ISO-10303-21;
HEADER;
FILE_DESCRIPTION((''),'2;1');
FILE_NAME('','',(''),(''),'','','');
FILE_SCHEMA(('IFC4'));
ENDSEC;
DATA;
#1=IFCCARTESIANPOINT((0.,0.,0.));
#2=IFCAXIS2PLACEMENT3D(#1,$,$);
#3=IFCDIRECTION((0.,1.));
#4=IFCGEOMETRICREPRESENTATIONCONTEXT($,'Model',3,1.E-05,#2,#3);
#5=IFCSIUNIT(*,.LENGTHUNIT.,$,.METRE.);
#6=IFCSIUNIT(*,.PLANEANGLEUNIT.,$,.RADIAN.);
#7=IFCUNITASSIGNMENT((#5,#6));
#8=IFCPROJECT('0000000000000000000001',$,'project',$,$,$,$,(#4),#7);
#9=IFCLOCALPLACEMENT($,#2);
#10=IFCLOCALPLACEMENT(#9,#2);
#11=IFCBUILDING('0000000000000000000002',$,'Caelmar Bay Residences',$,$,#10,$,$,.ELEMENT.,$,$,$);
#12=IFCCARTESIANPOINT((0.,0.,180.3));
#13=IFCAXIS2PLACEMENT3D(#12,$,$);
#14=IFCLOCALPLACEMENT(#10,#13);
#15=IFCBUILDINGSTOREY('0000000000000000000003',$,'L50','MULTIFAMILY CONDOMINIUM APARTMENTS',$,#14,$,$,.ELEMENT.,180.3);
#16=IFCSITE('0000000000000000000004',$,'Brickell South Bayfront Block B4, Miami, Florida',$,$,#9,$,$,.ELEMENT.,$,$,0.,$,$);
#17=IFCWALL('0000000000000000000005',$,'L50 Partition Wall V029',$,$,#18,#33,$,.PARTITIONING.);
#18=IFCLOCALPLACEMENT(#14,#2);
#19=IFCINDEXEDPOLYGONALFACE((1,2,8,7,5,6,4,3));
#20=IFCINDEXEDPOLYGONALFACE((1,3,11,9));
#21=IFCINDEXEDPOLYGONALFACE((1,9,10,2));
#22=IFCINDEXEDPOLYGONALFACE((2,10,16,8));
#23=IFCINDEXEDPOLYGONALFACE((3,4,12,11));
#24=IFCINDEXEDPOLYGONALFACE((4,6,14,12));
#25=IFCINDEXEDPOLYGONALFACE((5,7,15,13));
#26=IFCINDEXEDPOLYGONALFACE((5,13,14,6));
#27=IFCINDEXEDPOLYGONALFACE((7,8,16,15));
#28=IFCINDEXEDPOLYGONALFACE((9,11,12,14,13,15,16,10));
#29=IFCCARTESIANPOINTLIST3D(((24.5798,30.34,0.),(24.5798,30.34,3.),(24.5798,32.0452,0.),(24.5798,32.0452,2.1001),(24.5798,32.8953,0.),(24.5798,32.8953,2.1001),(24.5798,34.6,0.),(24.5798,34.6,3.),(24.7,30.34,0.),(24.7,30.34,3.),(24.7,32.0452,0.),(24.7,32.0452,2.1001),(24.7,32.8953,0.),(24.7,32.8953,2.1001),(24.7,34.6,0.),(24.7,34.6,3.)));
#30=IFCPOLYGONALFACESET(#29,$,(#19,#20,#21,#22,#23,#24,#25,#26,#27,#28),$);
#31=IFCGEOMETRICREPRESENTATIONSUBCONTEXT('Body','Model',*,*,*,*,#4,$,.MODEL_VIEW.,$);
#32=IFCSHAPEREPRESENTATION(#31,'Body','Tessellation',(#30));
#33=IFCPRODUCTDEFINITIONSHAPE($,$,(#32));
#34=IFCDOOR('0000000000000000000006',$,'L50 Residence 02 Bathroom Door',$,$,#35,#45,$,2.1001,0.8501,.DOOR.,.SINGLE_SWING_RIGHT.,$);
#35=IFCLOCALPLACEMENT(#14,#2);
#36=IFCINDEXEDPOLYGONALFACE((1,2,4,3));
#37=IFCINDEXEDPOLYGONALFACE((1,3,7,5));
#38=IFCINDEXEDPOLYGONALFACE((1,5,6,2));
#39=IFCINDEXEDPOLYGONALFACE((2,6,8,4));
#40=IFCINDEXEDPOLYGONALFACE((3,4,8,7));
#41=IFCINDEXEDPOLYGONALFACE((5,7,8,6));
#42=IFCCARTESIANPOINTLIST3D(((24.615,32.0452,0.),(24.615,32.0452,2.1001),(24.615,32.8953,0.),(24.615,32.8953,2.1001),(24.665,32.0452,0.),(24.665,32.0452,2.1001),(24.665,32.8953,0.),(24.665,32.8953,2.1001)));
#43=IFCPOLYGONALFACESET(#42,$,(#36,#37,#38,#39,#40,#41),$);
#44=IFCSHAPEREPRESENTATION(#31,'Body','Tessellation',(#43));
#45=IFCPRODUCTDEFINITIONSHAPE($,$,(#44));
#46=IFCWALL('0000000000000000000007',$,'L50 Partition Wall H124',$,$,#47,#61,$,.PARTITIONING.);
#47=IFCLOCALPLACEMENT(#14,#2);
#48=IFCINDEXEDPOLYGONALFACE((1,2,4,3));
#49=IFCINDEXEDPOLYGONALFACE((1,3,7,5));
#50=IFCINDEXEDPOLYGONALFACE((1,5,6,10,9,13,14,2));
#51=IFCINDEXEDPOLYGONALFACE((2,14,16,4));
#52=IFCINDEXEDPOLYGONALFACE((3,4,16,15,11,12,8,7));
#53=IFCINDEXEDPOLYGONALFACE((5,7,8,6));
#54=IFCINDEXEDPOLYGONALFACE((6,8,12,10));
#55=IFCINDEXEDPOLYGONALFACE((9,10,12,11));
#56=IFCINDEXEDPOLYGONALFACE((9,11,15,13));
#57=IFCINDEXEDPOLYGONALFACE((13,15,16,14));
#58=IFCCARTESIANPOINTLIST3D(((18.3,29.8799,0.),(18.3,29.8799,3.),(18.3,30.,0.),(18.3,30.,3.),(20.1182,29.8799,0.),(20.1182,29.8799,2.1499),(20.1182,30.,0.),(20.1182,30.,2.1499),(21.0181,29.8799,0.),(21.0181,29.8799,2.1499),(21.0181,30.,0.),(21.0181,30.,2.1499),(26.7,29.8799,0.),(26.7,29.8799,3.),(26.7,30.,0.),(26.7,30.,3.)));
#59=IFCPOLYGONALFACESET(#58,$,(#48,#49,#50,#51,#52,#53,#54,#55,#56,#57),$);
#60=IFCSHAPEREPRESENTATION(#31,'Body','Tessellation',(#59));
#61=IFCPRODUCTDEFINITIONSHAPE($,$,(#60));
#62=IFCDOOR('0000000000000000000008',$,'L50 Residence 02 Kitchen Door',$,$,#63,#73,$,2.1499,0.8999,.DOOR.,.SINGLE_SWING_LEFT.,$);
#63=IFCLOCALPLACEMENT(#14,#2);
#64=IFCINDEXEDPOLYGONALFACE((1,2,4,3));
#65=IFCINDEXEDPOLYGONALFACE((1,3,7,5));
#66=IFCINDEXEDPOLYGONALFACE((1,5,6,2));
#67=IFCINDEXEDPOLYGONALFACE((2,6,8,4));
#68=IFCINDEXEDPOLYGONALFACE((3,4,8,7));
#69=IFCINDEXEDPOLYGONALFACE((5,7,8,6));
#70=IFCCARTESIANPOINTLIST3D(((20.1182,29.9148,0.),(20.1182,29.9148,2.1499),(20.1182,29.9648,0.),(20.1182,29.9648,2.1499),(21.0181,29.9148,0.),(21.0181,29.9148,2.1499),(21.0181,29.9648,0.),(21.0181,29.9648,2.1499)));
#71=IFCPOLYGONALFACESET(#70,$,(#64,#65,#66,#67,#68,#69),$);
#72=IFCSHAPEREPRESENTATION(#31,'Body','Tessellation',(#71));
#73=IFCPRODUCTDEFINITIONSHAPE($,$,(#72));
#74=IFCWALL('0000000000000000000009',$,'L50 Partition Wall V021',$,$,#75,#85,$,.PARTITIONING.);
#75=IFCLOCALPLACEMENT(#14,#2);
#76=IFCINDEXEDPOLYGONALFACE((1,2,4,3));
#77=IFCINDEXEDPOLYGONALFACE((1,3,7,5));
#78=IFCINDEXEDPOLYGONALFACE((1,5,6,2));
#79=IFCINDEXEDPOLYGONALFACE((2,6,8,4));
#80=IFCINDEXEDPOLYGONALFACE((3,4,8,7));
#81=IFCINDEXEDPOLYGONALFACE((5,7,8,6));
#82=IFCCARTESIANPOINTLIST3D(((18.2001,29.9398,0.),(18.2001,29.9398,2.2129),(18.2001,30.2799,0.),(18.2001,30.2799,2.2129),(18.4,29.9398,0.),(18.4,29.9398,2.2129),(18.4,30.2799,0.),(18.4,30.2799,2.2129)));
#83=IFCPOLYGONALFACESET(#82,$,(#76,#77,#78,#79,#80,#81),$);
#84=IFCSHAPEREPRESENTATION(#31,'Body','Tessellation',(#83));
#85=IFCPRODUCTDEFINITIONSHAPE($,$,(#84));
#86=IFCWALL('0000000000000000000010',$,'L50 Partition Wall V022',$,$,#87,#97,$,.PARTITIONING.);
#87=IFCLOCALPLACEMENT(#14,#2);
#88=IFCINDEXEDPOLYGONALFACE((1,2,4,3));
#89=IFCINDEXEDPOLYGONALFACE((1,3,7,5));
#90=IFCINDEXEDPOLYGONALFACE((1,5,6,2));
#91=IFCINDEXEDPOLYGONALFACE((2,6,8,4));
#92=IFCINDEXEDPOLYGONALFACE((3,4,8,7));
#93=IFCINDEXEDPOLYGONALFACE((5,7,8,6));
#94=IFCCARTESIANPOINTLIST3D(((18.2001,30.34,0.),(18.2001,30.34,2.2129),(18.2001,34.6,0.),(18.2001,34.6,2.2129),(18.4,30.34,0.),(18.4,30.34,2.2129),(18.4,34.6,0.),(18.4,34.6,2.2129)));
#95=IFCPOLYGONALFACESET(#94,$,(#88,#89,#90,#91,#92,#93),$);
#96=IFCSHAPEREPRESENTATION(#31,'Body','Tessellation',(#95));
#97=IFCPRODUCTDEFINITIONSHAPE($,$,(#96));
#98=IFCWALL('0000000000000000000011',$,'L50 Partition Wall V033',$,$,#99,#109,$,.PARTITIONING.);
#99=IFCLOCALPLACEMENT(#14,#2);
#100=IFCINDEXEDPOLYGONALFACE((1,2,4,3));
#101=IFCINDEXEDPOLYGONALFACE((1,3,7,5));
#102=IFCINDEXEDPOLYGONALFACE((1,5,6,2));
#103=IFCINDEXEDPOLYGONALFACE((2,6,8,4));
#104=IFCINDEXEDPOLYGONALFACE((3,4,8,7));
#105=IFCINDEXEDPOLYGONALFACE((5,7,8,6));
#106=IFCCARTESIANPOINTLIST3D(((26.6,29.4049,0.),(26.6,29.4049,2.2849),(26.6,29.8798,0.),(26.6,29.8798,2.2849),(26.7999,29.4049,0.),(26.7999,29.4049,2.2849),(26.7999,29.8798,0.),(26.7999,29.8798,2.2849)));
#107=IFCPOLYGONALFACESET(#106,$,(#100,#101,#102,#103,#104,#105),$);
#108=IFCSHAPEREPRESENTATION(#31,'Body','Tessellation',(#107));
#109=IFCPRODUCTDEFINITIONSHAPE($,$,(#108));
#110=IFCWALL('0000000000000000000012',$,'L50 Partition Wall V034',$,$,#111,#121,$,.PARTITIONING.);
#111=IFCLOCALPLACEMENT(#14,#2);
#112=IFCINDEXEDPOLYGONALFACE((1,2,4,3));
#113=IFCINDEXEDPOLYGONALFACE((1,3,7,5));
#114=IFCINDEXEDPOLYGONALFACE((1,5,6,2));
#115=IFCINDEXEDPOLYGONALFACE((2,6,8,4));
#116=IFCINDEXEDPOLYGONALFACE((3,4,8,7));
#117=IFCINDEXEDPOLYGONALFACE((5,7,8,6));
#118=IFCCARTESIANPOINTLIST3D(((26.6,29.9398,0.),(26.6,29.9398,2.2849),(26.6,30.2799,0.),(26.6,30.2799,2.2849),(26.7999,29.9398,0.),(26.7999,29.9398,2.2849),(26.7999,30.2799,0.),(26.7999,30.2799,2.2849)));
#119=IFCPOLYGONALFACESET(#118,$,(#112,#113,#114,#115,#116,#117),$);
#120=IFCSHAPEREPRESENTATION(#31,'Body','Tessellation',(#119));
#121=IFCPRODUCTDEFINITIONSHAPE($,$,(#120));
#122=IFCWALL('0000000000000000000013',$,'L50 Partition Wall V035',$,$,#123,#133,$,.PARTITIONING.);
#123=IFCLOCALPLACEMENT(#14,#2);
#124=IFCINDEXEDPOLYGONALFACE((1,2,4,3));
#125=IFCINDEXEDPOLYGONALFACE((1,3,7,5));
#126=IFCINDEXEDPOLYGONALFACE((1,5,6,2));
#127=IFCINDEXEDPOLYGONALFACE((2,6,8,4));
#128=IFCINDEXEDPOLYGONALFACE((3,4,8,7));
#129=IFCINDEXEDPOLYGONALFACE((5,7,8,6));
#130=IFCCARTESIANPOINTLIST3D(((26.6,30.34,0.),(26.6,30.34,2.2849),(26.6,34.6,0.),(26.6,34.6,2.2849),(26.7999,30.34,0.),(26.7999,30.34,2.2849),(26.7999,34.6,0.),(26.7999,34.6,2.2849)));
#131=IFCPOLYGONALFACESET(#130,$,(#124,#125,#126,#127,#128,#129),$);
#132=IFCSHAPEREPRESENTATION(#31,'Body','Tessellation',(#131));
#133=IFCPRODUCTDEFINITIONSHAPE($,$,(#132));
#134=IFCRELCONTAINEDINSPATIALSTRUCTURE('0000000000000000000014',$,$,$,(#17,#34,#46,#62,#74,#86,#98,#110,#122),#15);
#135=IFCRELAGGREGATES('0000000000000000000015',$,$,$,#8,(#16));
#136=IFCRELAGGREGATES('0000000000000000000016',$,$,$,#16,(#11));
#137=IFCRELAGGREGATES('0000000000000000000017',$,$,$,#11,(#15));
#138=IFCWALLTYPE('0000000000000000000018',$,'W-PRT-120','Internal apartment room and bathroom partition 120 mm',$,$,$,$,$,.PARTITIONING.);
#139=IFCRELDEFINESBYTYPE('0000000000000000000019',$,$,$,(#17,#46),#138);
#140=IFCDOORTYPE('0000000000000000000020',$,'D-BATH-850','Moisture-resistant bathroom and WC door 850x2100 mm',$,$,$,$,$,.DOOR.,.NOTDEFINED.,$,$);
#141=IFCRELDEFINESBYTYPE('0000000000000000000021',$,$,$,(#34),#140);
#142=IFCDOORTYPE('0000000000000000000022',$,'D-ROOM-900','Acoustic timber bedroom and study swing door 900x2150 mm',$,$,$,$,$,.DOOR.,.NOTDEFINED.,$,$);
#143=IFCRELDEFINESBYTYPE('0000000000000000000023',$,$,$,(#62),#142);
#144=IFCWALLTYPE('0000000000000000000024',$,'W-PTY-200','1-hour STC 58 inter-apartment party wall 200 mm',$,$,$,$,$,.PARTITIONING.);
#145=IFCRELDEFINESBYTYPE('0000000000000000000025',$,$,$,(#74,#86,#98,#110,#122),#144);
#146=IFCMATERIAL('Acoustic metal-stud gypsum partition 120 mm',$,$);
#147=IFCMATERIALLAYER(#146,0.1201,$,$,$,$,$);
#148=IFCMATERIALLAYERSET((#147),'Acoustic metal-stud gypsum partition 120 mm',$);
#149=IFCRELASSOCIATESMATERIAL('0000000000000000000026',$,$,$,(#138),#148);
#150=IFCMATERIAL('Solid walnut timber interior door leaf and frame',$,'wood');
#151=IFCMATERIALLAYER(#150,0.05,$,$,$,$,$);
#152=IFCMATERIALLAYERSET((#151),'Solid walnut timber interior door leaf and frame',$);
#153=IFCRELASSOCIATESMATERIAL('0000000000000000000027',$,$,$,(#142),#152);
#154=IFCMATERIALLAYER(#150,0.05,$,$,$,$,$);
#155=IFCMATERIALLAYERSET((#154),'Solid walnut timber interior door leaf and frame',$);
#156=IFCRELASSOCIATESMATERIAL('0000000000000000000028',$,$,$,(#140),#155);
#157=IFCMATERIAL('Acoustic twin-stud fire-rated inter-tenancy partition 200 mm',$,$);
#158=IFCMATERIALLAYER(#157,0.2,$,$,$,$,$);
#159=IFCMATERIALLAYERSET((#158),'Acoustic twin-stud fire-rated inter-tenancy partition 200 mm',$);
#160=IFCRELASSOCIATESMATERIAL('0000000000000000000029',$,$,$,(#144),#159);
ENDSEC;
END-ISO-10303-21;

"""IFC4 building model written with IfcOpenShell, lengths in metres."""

from ifc_helpers import new_model, si_unit, direction, frame, frame_2d, origin, place, context, subcontext, project, spatial, rectangle, extrude, material, layer, layer_set, type_object, element, fill, save


model = new_model("IFC4")

# Units and contexts
model_context = context("Model", 3, precision=1e-05, world=origin(), true_north=direction((0.0, 1.0)))
body_context = subcontext(model_context, "Body", "Model", "MODEL_VIEW")
ifc_project = project(units=[si_unit("LENGTHUNIT", "METRE"), si_unit("PLANEANGLEUNIT", "RADIAN")], contexts=[model_context])

# Site, building, storey
site_placement = place(None, origin())
site = spatial("IfcSite", under=ifc_project, at=site_placement, Name="Brickell South Bayfront Block B4, Miami, Florida", CompositionType="ELEMENT", RefElevation=0.0)
building_placement = place(site_placement, origin())
building = spatial("IfcBuilding", under=site, at=building_placement, Name="Caelmar Bay Residences", CompositionType="ELEMENT")
storey_placement = place(building_placement, frame((0.0, 0.0, 180.3)))
storey = spatial("IfcBuildingStorey", under=building, at=storey_placement, Name="L50", Description="MULTIFAMILY CONDOMINIUM APARTMENTS", CompositionType="ELEMENT", Elevation=180.3)

# Shared definitions
ifc_material_1 = material(Name="Acoustic metal-stud gypsum partition 120 mm")
ifc_layer_1 = layer(ifc_material_1, 0.1201)
ifc_layer_set_1 = layer_set([ifc_layer_1], Name="Acoustic metal-stud gypsum partition 120 mm")
wall_type_1 = type_object("IfcWallType", Name="W-PRT-120", Description="Internal apartment room and bathroom partition 120 mm", PredefinedType="PARTITIONING", material=ifc_layer_set_1)

# Shared definitions
ifc_material_2 = material(Name="Solid walnut timber interior door leaf and frame", Category="wood")
ifc_layer_2 = layer(ifc_material_2, 0.05)
ifc_layer_set_2 = layer_set([ifc_layer_2], Name="Solid walnut timber interior door leaf and frame")
door_type_1 = type_object("IfcDoorType", Name="D-ROOM-900", Description="Acoustic timber bedroom and study swing door 900x2150 mm", OperationType="NOTDEFINED", PredefinedType="DOOR", material=ifc_layer_set_2)

# Walls, openings, doors
wall_1_placement = place(storey_placement, frame((24.6399, 30.3401, 0.0), z_axis=(0.0, 0.0, 1.0), x_axis=(0.0, 1.0, 0.0)))
wall_1 = element("IfcWall", 1, at=wall_1_placement, inside=storey, type_object=wall_type_1, Name="L50 Partition Wall V029", PredefinedType="PARTITIONING", context=body_context, shape_type="SweptSolid", body=[
    extrude(rectangle(XDim=4.26, YDim=0.1201, at=frame_2d((2.1299, 0.0))), origin(), (0.0, 0.0, 1.0), 3.0),
])
opening_1_placement = place(wall_1_placement, frame((1.7051, 0.0, 0.0)))
opening_1 = element("IfcOpeningElement", 2, at=opening_1_placement, cuts=wall_1, PredefinedType="OPENING", context=body_context, shape_type="SweptSolid", body=[
    extrude(rectangle(XDim=0.8501, YDim=2.1001, at=frame_2d((0.425, 1.05))), frame((0.0, 0.0701, 0.0), z_axis=(0.0, -1.0, 0.0), x_axis=(1.0, 0.0, 0.0)), (0.0, 0.0, 1.0), 0.1401),
])
ifc_layer_3 = layer(ifc_material_2, 0.05)
ifc_layer_set_3 = layer_set([ifc_layer_3], Name="Solid walnut timber interior door leaf and frame")
door_type_2 = type_object("IfcDoorType", Name="D-BATH-850", Description="Moisture-resistant bathroom and WC door 850x2100 mm", OperationType="NOTDEFINED", PredefinedType="DOOR", material=ifc_layer_set_3)
door_1_placement = place(opening_1_placement, origin())
door_1 = element("IfcDoor", 3, at=door_1_placement, inside=storey, type_object=door_type_2, Name="L50 Residence 02 Bathroom Door", OperationType="SINGLE_SWING_RIGHT", OverallHeight=2.1001, OverallWidth=0.8501, PredefinedType="DOOR", context=body_context, shape_type="SweptSolid", body=[
    extrude(rectangle(XDim=0.8501, YDim=2.1001, at=frame_2d((0.425, 1.05))), frame((0.0, 0.0249, 0.0), z_axis=(0.0, -1.0, 0.0), x_axis=(1.0, 0.0, 0.0)), (0.0, 0.0, 1.0), 0.05),
])
fill(opening_1, door_1)
wall_2_placement = place(storey_placement, frame((18.3, 29.9399, 0.0), z_axis=(0.0, 0.0, 1.0), x_axis=(1.0, 0.0, 0.0)))
wall_2 = element("IfcWall", 4, at=wall_2_placement, inside=storey, type_object=wall_type_1, Name="L50 Partition Wall H124", PredefinedType="PARTITIONING", context=body_context, shape_type="SweptSolid", body=[
    extrude(rectangle(XDim=8.3999, YDim=0.1201, at=frame_2d((4.2, 0.0))), origin(), (0.0, 0.0, 1.0), 3.0),
])
opening_2_placement = place(wall_2_placement, frame((1.8181, 0.0, 0.0)))
opening_2 = element("IfcOpeningElement", 5, at=opening_2_placement, cuts=wall_2, PredefinedType="OPENING", context=body_context, shape_type="SweptSolid", body=[
    extrude(rectangle(XDim=0.8999, YDim=2.1499, at=frame_2d((0.45, 1.075))), frame((0.0, 0.0701, 0.0), z_axis=(0.0, -1.0, 0.0), x_axis=(1.0, 0.0, 0.0)), (0.0, 0.0, 1.0), 0.1401),
])
door_2_placement = place(opening_2_placement, origin())
door_2 = element("IfcDoor", 6, at=door_2_placement, inside=storey, type_object=door_type_1, Name="L50 Residence 02 Kitchen Door", OperationType="SINGLE_SWING_LEFT", OverallHeight=2.1499, OverallWidth=0.8999, PredefinedType="DOOR", context=body_context, shape_type="SweptSolid", body=[
    extrude(rectangle(XDim=0.8999, YDim=2.1499, at=frame_2d((0.45, 1.075))), frame((0.0, 0.0249, 0.0), z_axis=(0.0, -1.0, 0.0), x_axis=(1.0, 0.0, 0.0)), (0.0, 0.0, 1.0), 0.05),
])
fill(opening_2, door_2)

# Walls
ifc_material_3 = material(Name="Acoustic twin-stud fire-rated inter-tenancy partition 200 mm")
ifc_layer_4 = layer(ifc_material_3, 0.2)
ifc_layer_set_4 = layer_set([ifc_layer_4], Name="Acoustic twin-stud fire-rated inter-tenancy partition 200 mm")
wall_type_2 = type_object("IfcWallType", Name="W-PTY-200", Description="1-hour STC 58 inter-apartment party wall 200 mm", PredefinedType="PARTITIONING", material=ifc_layer_set_4)
wall_3_placement = place(storey_placement, frame((18.3, 29.9399, 0.0), z_axis=(0.0, 0.0, 1.0), x_axis=(0.0, 1.0, 0.0)))
element("IfcWall", 7, at=wall_3_placement, inside=storey, type_object=wall_type_2, Name="L50 Partition Wall V021", PredefinedType="PARTITIONING", context=body_context, shape_type="SweptSolid", body=[
    extrude(rectangle(XDim=0.3401, YDim=0.2, at=frame_2d((0.1699, 0.0))), origin(), (0.0, 0.0, 1.0), 2.2129),
])
wall_4_placement = place(storey_placement, frame((18.3, 30.3401, 0.0), z_axis=(0.0, 0.0, 1.0), x_axis=(0.0, 1.0, 0.0)))
element("IfcWall", 8, at=wall_4_placement, inside=storey, type_object=wall_type_2, Name="L50 Partition Wall V022", PredefinedType="PARTITIONING", context=body_context, shape_type="SweptSolid", body=[
    extrude(rectangle(XDim=4.26, YDim=0.2, at=frame_2d((2.1299, 0.0))), origin(), (0.0, 0.0, 1.0), 2.2129),
])
wall_5_placement = place(storey_placement, frame((26.7, 29.405, 0.0), z_axis=(0.0, 0.0, 1.0), x_axis=(0.0, 1.0, 0.0)))
element("IfcWall", 9, at=wall_5_placement, inside=storey, type_object=wall_type_2, Name="L50 Partition Wall V033", PredefinedType="PARTITIONING", context=body_context, shape_type="SweptSolid", body=[
    extrude(rectangle(XDim=0.4749, YDim=0.2, at=frame_2d((0.2373, 0.0))), origin(), (0.0, 0.0, 1.0), 2.2849),
])
wall_6_placement = place(storey_placement, frame((26.7, 29.9399, 0.0), z_axis=(0.0, 0.0, 1.0), x_axis=(0.0, 1.0, 0.0)))
element("IfcWall", 10, at=wall_6_placement, inside=storey, type_object=wall_type_2, Name="L50 Partition Wall V034", PredefinedType="PARTITIONING", context=body_context, shape_type="SweptSolid", body=[
    extrude(rectangle(XDim=0.3401, YDim=0.2, at=frame_2d((0.1699, 0.0))), origin(), (0.0, 0.0, 1.0), 2.2849),
])
wall_7_placement = place(storey_placement, frame((26.7, 30.3401, 0.0), z_axis=(0.0, 0.0, 1.0), x_axis=(0.0, 1.0, 0.0)))
element("IfcWall", 11, at=wall_7_placement, inside=storey, type_object=wall_type_2, Name="L50 Partition Wall V035", PredefinedType="PARTITIONING", context=body_context, shape_type="SweptSolid", body=[
    extrude(rectangle(XDim=4.26, YDim=0.2, at=frame_2d((2.1299, 0.0))), origin(), (0.0, 0.0, 1.0), 2.2849),
])

save(model, "model.ifc")
